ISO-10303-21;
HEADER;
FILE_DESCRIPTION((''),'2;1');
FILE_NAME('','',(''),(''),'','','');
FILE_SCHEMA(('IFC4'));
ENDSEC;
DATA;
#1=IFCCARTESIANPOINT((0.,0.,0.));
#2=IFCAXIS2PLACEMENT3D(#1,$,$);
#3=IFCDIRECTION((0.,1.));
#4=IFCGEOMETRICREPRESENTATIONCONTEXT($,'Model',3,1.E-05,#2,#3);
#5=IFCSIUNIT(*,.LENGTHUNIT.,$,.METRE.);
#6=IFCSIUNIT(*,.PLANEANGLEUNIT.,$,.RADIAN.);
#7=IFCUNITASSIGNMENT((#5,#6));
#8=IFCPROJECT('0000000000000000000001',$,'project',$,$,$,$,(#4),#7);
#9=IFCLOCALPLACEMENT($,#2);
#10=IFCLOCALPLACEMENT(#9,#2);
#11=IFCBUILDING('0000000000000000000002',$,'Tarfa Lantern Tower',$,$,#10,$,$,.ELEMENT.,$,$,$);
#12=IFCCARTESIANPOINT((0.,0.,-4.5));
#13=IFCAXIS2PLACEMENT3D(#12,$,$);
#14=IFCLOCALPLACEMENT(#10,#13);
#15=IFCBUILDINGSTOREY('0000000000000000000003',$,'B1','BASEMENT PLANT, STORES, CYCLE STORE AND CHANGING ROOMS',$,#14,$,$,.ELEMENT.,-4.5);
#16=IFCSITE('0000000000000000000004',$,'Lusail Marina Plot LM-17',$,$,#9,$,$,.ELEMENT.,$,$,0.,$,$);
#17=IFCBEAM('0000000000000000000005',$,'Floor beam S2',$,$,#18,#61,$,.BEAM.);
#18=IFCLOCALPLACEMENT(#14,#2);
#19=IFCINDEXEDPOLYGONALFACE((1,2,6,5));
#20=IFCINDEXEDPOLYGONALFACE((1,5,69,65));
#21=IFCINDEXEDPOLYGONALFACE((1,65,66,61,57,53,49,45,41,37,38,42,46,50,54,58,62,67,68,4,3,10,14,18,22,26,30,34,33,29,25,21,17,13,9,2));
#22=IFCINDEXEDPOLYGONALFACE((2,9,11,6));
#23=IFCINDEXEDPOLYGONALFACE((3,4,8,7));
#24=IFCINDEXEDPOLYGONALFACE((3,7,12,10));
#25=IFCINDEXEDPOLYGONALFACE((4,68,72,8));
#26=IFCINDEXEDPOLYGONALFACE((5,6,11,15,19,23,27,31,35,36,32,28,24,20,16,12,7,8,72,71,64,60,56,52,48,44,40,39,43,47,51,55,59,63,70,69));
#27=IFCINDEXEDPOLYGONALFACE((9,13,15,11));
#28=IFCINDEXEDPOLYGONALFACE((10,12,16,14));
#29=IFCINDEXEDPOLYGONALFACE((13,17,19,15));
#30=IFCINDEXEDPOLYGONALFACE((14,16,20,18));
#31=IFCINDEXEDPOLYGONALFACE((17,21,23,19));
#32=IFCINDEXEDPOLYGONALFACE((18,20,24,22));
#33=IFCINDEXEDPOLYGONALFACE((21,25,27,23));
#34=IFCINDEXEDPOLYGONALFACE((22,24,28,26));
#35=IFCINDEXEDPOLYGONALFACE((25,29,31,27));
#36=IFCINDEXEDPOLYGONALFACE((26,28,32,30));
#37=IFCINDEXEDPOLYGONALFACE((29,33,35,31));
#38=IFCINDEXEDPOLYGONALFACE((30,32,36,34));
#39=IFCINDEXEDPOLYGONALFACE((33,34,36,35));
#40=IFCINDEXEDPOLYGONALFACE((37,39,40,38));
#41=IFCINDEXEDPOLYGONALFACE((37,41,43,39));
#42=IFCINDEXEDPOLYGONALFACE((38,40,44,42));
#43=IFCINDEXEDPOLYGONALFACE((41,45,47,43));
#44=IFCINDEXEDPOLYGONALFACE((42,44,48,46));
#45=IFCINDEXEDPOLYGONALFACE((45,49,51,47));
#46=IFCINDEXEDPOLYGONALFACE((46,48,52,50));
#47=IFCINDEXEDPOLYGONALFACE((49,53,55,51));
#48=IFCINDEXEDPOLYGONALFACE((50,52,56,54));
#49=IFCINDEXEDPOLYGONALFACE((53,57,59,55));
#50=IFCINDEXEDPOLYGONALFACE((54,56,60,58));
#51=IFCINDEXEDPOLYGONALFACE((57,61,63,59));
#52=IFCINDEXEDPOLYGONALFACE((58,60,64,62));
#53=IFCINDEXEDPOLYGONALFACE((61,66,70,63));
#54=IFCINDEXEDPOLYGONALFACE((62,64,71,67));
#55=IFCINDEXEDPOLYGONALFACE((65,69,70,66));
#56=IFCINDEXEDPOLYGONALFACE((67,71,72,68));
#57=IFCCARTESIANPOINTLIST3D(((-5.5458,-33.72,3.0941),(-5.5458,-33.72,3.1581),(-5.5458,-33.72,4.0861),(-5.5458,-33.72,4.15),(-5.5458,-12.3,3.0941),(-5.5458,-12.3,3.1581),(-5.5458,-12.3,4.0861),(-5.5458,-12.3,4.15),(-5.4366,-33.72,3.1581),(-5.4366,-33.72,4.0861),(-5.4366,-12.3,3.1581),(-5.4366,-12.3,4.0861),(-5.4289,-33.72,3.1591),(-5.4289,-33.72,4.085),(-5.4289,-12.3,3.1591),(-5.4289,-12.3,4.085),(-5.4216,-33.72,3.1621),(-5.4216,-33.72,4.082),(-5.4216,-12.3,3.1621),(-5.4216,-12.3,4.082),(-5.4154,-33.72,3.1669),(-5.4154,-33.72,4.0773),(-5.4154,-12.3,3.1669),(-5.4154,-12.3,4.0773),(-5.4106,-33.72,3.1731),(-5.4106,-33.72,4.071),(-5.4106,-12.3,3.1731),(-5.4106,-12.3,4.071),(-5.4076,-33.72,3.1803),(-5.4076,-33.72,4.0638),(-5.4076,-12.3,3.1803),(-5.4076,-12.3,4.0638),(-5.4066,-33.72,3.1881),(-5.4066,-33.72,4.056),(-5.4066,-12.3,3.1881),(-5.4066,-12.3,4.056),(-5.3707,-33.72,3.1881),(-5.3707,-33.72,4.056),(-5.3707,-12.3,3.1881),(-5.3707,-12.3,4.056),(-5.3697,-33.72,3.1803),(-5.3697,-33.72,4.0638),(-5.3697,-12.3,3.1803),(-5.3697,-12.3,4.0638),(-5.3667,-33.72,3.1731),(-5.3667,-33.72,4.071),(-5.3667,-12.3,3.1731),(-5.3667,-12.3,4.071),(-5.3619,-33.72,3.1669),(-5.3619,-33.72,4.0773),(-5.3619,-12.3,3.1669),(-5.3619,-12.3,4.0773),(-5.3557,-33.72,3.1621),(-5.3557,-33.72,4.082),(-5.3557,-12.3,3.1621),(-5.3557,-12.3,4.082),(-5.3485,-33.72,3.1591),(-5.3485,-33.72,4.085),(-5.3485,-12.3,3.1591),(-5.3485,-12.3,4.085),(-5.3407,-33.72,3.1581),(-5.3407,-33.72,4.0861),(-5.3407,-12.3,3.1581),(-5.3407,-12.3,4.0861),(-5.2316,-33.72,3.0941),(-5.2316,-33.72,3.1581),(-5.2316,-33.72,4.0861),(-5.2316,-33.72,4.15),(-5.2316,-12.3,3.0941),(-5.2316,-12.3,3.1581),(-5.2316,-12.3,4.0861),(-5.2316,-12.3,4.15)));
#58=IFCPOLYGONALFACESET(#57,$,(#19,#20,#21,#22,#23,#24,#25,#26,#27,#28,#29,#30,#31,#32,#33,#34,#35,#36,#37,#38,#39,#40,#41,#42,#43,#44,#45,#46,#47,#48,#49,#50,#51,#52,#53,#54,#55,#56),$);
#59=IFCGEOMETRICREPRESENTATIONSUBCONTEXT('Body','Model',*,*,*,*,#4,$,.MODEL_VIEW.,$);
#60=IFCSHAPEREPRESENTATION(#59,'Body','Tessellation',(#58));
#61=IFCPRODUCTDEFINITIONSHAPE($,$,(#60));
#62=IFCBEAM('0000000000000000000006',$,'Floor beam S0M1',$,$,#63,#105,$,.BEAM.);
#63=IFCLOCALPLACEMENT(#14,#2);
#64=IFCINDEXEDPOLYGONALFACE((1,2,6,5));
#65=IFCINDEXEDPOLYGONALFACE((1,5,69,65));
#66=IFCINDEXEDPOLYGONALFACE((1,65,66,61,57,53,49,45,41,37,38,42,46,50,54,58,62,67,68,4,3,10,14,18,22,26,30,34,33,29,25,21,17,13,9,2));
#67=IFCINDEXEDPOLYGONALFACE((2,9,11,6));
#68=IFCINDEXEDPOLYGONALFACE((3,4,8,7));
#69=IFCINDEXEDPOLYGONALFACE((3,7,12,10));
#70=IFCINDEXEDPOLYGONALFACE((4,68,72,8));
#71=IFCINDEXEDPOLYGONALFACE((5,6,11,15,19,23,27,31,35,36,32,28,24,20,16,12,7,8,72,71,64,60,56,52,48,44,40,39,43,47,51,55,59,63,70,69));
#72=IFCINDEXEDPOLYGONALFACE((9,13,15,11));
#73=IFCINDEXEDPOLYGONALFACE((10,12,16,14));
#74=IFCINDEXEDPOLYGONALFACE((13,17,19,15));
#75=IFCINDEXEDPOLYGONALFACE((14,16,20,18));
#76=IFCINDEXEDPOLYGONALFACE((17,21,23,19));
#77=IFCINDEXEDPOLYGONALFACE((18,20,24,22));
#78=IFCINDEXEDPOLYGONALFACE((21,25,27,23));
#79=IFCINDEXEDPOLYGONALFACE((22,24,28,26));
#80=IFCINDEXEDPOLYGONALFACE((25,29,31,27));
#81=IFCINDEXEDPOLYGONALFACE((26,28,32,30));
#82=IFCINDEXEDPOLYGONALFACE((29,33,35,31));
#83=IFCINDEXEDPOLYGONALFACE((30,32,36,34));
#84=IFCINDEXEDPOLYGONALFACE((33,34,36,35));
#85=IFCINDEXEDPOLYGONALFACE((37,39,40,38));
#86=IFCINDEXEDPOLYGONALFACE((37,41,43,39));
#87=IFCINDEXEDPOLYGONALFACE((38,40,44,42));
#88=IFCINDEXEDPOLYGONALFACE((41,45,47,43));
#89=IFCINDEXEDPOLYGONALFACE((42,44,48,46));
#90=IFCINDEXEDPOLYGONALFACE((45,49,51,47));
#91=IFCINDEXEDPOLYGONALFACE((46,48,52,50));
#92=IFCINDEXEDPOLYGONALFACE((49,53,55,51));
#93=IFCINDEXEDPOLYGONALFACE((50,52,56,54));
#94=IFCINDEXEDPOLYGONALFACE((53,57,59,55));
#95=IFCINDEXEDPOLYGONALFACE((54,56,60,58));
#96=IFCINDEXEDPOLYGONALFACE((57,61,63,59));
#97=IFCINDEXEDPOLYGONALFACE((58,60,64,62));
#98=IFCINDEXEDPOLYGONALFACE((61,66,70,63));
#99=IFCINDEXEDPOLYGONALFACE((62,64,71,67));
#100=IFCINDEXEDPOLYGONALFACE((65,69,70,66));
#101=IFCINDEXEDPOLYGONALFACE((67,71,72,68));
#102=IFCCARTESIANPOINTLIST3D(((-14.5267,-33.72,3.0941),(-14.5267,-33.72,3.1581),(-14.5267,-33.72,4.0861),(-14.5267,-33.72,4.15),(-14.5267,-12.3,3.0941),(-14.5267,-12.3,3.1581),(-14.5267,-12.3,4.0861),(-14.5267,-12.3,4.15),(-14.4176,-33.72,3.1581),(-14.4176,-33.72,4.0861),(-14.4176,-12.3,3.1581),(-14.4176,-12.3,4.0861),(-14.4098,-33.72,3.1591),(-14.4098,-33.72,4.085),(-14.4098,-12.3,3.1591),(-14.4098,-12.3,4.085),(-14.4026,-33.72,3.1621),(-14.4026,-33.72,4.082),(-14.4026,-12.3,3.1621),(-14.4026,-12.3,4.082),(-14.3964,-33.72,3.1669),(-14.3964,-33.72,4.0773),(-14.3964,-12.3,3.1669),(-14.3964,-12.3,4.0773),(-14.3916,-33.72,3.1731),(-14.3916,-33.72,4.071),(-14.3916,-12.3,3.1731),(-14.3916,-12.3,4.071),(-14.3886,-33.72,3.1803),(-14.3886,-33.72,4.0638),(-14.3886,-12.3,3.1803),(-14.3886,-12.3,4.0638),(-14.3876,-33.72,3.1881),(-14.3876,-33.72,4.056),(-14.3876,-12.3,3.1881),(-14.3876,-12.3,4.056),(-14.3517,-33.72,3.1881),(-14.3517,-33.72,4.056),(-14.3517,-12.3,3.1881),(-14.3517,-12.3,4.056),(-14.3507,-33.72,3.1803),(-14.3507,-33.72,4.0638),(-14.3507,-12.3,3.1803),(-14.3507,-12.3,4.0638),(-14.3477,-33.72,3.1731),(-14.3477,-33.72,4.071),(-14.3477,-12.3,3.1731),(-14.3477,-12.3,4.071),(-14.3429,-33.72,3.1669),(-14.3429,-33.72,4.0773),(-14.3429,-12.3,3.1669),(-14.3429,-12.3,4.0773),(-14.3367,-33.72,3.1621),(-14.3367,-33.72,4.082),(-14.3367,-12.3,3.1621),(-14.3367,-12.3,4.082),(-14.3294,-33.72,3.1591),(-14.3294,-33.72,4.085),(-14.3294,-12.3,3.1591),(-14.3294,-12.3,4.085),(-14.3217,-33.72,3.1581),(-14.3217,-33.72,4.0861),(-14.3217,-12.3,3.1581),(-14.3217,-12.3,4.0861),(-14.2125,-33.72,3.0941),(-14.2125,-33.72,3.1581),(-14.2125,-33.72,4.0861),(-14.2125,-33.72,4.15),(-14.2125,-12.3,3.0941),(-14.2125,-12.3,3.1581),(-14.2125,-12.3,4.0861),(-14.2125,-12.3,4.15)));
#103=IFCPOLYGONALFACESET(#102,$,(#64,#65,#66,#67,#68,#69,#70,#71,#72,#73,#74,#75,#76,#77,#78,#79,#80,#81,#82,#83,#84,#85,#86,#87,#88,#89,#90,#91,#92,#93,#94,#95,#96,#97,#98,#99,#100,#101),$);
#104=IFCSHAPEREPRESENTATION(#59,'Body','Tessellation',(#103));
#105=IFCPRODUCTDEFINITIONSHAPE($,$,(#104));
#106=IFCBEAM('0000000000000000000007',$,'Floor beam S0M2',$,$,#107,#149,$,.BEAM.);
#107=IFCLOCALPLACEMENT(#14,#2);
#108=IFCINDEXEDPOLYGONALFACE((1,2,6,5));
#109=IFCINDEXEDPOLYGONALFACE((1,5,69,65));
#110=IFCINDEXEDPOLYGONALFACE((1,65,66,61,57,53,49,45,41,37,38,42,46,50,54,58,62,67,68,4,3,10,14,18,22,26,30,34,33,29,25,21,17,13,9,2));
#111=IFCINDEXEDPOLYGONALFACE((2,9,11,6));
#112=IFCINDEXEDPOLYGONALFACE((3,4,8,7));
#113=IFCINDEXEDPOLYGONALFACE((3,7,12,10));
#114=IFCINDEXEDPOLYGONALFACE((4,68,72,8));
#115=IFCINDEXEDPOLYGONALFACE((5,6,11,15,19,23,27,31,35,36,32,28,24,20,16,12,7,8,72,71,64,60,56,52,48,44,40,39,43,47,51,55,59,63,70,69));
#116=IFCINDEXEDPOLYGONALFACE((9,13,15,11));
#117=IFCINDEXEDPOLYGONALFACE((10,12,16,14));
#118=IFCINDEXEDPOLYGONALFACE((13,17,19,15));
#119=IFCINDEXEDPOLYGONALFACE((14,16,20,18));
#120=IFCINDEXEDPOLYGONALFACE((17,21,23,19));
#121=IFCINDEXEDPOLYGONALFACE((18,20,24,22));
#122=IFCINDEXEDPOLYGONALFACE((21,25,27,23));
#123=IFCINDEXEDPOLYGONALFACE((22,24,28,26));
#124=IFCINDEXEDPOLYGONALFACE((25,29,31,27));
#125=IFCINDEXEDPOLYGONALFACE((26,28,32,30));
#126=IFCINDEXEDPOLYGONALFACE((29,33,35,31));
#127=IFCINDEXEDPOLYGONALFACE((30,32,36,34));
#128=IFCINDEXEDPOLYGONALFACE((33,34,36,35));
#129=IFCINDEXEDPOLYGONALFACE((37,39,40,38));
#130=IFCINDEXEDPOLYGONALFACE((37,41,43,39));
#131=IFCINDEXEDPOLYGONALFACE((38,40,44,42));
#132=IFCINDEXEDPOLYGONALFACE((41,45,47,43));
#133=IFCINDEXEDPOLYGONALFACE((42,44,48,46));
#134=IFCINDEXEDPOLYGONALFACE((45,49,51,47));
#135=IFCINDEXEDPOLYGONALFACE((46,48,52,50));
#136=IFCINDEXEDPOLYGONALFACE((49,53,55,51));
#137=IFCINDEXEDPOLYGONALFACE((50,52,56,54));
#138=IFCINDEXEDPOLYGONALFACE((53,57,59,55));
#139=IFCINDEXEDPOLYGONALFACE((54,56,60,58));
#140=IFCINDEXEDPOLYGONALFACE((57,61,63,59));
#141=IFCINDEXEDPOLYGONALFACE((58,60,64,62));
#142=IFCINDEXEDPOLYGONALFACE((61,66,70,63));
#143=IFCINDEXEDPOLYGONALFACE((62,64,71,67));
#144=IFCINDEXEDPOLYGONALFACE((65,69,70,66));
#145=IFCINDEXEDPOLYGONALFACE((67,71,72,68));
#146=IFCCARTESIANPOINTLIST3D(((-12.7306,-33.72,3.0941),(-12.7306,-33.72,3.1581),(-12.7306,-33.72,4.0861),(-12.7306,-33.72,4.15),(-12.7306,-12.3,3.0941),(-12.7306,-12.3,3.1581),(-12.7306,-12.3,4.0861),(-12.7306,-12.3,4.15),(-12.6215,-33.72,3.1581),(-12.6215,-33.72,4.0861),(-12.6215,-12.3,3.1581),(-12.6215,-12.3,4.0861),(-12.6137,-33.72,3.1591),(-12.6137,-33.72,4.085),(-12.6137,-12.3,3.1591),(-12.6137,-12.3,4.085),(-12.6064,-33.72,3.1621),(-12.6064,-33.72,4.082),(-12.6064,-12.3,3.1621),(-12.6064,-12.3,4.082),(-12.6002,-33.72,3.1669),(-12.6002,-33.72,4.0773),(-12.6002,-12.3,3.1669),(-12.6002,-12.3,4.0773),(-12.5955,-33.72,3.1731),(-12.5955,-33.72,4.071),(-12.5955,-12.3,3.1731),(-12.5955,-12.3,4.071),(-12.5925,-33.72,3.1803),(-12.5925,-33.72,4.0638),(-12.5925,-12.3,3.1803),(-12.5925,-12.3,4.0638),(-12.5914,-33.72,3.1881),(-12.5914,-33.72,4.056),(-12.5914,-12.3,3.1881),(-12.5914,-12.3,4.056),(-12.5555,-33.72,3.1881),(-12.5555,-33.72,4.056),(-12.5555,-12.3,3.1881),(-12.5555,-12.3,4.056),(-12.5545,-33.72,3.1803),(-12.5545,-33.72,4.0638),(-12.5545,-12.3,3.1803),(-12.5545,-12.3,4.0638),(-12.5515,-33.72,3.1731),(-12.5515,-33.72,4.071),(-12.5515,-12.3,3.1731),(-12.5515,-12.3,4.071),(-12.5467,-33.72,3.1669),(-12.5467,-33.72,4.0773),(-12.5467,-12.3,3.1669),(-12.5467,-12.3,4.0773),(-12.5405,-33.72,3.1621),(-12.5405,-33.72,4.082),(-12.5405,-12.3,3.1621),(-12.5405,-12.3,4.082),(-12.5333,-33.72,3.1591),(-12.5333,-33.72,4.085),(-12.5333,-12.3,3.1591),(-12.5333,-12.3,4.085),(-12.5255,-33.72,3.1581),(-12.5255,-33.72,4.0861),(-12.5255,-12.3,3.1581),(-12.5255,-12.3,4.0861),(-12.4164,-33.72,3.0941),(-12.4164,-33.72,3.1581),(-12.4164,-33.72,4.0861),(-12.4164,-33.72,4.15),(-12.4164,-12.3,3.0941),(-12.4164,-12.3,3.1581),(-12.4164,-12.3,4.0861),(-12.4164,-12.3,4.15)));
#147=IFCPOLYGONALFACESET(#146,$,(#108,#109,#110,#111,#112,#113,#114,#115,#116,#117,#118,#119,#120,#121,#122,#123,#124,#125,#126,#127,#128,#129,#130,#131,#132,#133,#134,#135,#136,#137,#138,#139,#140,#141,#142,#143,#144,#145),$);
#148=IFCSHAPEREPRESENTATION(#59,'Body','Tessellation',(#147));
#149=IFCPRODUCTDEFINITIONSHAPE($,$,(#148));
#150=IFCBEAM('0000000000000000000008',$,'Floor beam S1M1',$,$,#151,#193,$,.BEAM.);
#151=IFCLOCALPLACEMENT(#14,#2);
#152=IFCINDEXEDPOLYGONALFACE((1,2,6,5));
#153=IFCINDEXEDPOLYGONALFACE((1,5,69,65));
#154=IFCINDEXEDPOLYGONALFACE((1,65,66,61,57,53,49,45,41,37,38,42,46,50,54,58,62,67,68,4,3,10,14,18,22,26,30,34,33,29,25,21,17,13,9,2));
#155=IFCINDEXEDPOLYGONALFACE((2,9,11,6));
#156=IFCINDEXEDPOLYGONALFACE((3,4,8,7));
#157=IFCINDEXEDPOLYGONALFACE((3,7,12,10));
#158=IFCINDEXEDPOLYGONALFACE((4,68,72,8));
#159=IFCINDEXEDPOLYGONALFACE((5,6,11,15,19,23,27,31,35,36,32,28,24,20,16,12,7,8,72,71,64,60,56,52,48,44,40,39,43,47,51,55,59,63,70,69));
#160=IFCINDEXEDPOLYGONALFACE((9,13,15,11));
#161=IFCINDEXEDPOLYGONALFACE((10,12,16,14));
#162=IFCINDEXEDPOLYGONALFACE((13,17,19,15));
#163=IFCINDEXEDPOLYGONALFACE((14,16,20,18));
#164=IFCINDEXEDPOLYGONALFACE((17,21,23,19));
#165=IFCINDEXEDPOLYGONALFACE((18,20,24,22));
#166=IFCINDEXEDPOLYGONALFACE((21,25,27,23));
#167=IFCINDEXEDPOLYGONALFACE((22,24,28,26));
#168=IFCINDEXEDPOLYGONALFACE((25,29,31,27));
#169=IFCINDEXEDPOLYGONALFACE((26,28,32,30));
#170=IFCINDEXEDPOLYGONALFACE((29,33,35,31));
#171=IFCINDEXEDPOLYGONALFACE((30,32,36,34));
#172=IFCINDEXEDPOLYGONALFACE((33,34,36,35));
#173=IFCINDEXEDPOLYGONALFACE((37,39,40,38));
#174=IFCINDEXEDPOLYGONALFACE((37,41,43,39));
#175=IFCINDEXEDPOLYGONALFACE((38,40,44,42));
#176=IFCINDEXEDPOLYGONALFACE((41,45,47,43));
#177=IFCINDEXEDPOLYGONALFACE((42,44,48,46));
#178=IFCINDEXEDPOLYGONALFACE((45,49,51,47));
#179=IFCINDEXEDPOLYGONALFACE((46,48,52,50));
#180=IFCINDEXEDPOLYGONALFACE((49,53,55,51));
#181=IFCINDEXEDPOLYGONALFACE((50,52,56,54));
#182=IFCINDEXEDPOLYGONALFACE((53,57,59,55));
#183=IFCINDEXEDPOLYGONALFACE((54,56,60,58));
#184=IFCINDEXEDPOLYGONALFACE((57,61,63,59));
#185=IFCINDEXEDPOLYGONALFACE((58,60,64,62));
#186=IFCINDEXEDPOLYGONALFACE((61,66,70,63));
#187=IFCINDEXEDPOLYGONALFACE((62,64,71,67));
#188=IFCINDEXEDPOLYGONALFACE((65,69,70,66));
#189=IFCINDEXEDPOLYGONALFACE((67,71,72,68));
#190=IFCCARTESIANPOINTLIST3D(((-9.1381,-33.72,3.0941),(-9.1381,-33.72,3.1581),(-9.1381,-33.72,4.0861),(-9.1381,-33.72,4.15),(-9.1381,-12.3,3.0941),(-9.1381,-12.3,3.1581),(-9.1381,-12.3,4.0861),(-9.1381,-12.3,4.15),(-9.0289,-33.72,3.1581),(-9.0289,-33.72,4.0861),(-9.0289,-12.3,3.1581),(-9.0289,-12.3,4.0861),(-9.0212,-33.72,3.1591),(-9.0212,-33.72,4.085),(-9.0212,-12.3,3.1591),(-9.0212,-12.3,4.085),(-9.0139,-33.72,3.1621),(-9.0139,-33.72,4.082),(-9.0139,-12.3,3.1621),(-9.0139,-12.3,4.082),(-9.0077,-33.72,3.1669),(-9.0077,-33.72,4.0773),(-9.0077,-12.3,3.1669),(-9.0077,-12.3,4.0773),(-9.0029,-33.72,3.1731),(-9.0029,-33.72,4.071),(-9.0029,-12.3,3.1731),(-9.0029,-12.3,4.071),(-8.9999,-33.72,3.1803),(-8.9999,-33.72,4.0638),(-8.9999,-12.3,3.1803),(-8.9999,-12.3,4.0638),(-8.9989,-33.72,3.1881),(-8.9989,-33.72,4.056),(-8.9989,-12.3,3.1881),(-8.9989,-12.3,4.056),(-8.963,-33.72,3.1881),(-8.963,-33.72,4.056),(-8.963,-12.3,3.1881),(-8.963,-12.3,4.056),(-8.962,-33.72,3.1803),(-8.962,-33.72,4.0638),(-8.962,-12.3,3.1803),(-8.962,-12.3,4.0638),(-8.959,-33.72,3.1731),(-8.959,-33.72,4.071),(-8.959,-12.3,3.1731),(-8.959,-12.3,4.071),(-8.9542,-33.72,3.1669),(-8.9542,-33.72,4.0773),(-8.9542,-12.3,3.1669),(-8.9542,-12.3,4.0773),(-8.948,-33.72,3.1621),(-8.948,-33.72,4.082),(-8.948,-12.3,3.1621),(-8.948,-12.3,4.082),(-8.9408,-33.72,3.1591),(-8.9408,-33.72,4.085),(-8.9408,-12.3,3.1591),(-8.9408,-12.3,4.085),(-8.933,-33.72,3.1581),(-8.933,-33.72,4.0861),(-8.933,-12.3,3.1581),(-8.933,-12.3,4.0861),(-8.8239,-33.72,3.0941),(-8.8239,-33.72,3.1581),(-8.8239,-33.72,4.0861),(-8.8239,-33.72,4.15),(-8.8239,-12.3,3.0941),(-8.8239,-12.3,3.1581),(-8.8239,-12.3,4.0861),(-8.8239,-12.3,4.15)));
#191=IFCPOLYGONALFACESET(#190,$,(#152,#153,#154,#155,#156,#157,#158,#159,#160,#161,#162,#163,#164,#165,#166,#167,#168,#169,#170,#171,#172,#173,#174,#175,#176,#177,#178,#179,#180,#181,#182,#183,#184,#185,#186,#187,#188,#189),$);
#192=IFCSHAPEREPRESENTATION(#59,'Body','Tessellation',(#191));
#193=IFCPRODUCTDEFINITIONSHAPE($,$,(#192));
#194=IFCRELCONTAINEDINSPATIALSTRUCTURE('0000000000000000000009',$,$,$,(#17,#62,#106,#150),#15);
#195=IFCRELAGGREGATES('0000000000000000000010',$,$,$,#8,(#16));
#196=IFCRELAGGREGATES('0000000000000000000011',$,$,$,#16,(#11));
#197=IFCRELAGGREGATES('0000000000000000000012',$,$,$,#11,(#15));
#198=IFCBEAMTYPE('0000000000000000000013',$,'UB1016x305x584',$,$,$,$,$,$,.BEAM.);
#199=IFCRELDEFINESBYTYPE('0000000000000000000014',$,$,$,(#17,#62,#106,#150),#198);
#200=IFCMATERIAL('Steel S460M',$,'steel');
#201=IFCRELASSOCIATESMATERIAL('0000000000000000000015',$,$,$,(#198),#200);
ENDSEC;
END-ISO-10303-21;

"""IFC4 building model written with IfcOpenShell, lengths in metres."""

from ifc_helpers import new_model, si_unit, direction, frame, origin, origin_2d, place, context, subcontext, project, spatial, i_section, extrude, material, material_profile, profile_set, type_object, element, save


model = new_model("IFC4")

# Units and contexts
model_context = context("Model", 3, precision=1e-05, world=origin(), true_north=direction((0.0, 1.0)))
body_context = subcontext(model_context, "Body", "Model", "MODEL_VIEW")
ifc_project = project(units=[si_unit("LENGTHUNIT", "METRE"), si_unit("PLANEANGLEUNIT", "RADIAN")], contexts=[model_context])

# Site, building, storey
site_placement = place(None, origin())
site = spatial("IfcSite", under=ifc_project, at=site_placement, Name="Lusail Marina Plot LM-17", CompositionType="ELEMENT", RefElevation=0.0)
building_placement = place(site_placement, origin())
building = spatial("IfcBuilding", under=site, at=building_placement, Name="Tarfa Lantern Tower", CompositionType="ELEMENT")
storey_placement = place(building_placement, frame((0.0, 0.0, -4.5)))
storey = spatial("IfcBuildingStorey", under=building, at=storey_placement, Name="B1", Description="BASEMENT PLANT, STORES, CYCLE STORE AND CHANGING ROOMS", CompositionType="ELEMENT", Elevation=-4.5)

# Beams
ifc_material_1 = material(Name="Steel S460M", Category="steel")
ifc_material_profile_1 = material_profile(ifc_material_1, i_section(OverallWidth=0.3142, OverallDepth=1.0559, WebThickness=0.0359, FlangeThickness=0.064, FilletRadius=0.03, at=origin_2d()), Name="UB1016x305x584")
ifc_profile_set_1 = profile_set([ifc_material_profile_1], Name="Steel S460M")
beam_type_1 = type_object("IfcBeamType", Name="UB1016x305x584", PredefinedType="BEAM", material=ifc_profile_set_1)
for number, where, z_axis, x_axis, name in (
    (1, (-5.3887, -33.72, 3.6221), (0.0, 1.0, 0.0), (-1.0, 0.0, 0.0), "Floor beam S2"),
    (2, (-14.3696, -33.72, 3.6221), (0.0, 1.0, 0.0), (-1.0, 0.0, 0.0), "Floor beam S0M1"),
    (3, (-12.5735, -33.72, 3.6221), (0.0, 1.0, 0.0), (-1.0, 0.0, 0.0), "Floor beam S0M2"),
    (4, (-8.981, -33.72, 3.6221), (0.0, 1.0, 0.0), (-1.0, 0.0, 0.0), "Floor beam S1M1"),
):
    element("IfcBeam", number, at=place(storey_placement, frame(where, z_axis=z_axis, x_axis=x_axis)), inside=storey, type_object=beam_type_1, Name=name, PredefinedType="BEAM", context=body_context, shape_type="SweptSolid", body=[
        extrude(i_section(OverallWidth=0.3142, OverallDepth=1.0559, WebThickness=0.0359, FlangeThickness=0.064, FilletRadius=0.03, at=origin_2d()), origin(), (0.0, 0.0, 1.0), 21.4199),
    ])

save(model, "model.ifc")
